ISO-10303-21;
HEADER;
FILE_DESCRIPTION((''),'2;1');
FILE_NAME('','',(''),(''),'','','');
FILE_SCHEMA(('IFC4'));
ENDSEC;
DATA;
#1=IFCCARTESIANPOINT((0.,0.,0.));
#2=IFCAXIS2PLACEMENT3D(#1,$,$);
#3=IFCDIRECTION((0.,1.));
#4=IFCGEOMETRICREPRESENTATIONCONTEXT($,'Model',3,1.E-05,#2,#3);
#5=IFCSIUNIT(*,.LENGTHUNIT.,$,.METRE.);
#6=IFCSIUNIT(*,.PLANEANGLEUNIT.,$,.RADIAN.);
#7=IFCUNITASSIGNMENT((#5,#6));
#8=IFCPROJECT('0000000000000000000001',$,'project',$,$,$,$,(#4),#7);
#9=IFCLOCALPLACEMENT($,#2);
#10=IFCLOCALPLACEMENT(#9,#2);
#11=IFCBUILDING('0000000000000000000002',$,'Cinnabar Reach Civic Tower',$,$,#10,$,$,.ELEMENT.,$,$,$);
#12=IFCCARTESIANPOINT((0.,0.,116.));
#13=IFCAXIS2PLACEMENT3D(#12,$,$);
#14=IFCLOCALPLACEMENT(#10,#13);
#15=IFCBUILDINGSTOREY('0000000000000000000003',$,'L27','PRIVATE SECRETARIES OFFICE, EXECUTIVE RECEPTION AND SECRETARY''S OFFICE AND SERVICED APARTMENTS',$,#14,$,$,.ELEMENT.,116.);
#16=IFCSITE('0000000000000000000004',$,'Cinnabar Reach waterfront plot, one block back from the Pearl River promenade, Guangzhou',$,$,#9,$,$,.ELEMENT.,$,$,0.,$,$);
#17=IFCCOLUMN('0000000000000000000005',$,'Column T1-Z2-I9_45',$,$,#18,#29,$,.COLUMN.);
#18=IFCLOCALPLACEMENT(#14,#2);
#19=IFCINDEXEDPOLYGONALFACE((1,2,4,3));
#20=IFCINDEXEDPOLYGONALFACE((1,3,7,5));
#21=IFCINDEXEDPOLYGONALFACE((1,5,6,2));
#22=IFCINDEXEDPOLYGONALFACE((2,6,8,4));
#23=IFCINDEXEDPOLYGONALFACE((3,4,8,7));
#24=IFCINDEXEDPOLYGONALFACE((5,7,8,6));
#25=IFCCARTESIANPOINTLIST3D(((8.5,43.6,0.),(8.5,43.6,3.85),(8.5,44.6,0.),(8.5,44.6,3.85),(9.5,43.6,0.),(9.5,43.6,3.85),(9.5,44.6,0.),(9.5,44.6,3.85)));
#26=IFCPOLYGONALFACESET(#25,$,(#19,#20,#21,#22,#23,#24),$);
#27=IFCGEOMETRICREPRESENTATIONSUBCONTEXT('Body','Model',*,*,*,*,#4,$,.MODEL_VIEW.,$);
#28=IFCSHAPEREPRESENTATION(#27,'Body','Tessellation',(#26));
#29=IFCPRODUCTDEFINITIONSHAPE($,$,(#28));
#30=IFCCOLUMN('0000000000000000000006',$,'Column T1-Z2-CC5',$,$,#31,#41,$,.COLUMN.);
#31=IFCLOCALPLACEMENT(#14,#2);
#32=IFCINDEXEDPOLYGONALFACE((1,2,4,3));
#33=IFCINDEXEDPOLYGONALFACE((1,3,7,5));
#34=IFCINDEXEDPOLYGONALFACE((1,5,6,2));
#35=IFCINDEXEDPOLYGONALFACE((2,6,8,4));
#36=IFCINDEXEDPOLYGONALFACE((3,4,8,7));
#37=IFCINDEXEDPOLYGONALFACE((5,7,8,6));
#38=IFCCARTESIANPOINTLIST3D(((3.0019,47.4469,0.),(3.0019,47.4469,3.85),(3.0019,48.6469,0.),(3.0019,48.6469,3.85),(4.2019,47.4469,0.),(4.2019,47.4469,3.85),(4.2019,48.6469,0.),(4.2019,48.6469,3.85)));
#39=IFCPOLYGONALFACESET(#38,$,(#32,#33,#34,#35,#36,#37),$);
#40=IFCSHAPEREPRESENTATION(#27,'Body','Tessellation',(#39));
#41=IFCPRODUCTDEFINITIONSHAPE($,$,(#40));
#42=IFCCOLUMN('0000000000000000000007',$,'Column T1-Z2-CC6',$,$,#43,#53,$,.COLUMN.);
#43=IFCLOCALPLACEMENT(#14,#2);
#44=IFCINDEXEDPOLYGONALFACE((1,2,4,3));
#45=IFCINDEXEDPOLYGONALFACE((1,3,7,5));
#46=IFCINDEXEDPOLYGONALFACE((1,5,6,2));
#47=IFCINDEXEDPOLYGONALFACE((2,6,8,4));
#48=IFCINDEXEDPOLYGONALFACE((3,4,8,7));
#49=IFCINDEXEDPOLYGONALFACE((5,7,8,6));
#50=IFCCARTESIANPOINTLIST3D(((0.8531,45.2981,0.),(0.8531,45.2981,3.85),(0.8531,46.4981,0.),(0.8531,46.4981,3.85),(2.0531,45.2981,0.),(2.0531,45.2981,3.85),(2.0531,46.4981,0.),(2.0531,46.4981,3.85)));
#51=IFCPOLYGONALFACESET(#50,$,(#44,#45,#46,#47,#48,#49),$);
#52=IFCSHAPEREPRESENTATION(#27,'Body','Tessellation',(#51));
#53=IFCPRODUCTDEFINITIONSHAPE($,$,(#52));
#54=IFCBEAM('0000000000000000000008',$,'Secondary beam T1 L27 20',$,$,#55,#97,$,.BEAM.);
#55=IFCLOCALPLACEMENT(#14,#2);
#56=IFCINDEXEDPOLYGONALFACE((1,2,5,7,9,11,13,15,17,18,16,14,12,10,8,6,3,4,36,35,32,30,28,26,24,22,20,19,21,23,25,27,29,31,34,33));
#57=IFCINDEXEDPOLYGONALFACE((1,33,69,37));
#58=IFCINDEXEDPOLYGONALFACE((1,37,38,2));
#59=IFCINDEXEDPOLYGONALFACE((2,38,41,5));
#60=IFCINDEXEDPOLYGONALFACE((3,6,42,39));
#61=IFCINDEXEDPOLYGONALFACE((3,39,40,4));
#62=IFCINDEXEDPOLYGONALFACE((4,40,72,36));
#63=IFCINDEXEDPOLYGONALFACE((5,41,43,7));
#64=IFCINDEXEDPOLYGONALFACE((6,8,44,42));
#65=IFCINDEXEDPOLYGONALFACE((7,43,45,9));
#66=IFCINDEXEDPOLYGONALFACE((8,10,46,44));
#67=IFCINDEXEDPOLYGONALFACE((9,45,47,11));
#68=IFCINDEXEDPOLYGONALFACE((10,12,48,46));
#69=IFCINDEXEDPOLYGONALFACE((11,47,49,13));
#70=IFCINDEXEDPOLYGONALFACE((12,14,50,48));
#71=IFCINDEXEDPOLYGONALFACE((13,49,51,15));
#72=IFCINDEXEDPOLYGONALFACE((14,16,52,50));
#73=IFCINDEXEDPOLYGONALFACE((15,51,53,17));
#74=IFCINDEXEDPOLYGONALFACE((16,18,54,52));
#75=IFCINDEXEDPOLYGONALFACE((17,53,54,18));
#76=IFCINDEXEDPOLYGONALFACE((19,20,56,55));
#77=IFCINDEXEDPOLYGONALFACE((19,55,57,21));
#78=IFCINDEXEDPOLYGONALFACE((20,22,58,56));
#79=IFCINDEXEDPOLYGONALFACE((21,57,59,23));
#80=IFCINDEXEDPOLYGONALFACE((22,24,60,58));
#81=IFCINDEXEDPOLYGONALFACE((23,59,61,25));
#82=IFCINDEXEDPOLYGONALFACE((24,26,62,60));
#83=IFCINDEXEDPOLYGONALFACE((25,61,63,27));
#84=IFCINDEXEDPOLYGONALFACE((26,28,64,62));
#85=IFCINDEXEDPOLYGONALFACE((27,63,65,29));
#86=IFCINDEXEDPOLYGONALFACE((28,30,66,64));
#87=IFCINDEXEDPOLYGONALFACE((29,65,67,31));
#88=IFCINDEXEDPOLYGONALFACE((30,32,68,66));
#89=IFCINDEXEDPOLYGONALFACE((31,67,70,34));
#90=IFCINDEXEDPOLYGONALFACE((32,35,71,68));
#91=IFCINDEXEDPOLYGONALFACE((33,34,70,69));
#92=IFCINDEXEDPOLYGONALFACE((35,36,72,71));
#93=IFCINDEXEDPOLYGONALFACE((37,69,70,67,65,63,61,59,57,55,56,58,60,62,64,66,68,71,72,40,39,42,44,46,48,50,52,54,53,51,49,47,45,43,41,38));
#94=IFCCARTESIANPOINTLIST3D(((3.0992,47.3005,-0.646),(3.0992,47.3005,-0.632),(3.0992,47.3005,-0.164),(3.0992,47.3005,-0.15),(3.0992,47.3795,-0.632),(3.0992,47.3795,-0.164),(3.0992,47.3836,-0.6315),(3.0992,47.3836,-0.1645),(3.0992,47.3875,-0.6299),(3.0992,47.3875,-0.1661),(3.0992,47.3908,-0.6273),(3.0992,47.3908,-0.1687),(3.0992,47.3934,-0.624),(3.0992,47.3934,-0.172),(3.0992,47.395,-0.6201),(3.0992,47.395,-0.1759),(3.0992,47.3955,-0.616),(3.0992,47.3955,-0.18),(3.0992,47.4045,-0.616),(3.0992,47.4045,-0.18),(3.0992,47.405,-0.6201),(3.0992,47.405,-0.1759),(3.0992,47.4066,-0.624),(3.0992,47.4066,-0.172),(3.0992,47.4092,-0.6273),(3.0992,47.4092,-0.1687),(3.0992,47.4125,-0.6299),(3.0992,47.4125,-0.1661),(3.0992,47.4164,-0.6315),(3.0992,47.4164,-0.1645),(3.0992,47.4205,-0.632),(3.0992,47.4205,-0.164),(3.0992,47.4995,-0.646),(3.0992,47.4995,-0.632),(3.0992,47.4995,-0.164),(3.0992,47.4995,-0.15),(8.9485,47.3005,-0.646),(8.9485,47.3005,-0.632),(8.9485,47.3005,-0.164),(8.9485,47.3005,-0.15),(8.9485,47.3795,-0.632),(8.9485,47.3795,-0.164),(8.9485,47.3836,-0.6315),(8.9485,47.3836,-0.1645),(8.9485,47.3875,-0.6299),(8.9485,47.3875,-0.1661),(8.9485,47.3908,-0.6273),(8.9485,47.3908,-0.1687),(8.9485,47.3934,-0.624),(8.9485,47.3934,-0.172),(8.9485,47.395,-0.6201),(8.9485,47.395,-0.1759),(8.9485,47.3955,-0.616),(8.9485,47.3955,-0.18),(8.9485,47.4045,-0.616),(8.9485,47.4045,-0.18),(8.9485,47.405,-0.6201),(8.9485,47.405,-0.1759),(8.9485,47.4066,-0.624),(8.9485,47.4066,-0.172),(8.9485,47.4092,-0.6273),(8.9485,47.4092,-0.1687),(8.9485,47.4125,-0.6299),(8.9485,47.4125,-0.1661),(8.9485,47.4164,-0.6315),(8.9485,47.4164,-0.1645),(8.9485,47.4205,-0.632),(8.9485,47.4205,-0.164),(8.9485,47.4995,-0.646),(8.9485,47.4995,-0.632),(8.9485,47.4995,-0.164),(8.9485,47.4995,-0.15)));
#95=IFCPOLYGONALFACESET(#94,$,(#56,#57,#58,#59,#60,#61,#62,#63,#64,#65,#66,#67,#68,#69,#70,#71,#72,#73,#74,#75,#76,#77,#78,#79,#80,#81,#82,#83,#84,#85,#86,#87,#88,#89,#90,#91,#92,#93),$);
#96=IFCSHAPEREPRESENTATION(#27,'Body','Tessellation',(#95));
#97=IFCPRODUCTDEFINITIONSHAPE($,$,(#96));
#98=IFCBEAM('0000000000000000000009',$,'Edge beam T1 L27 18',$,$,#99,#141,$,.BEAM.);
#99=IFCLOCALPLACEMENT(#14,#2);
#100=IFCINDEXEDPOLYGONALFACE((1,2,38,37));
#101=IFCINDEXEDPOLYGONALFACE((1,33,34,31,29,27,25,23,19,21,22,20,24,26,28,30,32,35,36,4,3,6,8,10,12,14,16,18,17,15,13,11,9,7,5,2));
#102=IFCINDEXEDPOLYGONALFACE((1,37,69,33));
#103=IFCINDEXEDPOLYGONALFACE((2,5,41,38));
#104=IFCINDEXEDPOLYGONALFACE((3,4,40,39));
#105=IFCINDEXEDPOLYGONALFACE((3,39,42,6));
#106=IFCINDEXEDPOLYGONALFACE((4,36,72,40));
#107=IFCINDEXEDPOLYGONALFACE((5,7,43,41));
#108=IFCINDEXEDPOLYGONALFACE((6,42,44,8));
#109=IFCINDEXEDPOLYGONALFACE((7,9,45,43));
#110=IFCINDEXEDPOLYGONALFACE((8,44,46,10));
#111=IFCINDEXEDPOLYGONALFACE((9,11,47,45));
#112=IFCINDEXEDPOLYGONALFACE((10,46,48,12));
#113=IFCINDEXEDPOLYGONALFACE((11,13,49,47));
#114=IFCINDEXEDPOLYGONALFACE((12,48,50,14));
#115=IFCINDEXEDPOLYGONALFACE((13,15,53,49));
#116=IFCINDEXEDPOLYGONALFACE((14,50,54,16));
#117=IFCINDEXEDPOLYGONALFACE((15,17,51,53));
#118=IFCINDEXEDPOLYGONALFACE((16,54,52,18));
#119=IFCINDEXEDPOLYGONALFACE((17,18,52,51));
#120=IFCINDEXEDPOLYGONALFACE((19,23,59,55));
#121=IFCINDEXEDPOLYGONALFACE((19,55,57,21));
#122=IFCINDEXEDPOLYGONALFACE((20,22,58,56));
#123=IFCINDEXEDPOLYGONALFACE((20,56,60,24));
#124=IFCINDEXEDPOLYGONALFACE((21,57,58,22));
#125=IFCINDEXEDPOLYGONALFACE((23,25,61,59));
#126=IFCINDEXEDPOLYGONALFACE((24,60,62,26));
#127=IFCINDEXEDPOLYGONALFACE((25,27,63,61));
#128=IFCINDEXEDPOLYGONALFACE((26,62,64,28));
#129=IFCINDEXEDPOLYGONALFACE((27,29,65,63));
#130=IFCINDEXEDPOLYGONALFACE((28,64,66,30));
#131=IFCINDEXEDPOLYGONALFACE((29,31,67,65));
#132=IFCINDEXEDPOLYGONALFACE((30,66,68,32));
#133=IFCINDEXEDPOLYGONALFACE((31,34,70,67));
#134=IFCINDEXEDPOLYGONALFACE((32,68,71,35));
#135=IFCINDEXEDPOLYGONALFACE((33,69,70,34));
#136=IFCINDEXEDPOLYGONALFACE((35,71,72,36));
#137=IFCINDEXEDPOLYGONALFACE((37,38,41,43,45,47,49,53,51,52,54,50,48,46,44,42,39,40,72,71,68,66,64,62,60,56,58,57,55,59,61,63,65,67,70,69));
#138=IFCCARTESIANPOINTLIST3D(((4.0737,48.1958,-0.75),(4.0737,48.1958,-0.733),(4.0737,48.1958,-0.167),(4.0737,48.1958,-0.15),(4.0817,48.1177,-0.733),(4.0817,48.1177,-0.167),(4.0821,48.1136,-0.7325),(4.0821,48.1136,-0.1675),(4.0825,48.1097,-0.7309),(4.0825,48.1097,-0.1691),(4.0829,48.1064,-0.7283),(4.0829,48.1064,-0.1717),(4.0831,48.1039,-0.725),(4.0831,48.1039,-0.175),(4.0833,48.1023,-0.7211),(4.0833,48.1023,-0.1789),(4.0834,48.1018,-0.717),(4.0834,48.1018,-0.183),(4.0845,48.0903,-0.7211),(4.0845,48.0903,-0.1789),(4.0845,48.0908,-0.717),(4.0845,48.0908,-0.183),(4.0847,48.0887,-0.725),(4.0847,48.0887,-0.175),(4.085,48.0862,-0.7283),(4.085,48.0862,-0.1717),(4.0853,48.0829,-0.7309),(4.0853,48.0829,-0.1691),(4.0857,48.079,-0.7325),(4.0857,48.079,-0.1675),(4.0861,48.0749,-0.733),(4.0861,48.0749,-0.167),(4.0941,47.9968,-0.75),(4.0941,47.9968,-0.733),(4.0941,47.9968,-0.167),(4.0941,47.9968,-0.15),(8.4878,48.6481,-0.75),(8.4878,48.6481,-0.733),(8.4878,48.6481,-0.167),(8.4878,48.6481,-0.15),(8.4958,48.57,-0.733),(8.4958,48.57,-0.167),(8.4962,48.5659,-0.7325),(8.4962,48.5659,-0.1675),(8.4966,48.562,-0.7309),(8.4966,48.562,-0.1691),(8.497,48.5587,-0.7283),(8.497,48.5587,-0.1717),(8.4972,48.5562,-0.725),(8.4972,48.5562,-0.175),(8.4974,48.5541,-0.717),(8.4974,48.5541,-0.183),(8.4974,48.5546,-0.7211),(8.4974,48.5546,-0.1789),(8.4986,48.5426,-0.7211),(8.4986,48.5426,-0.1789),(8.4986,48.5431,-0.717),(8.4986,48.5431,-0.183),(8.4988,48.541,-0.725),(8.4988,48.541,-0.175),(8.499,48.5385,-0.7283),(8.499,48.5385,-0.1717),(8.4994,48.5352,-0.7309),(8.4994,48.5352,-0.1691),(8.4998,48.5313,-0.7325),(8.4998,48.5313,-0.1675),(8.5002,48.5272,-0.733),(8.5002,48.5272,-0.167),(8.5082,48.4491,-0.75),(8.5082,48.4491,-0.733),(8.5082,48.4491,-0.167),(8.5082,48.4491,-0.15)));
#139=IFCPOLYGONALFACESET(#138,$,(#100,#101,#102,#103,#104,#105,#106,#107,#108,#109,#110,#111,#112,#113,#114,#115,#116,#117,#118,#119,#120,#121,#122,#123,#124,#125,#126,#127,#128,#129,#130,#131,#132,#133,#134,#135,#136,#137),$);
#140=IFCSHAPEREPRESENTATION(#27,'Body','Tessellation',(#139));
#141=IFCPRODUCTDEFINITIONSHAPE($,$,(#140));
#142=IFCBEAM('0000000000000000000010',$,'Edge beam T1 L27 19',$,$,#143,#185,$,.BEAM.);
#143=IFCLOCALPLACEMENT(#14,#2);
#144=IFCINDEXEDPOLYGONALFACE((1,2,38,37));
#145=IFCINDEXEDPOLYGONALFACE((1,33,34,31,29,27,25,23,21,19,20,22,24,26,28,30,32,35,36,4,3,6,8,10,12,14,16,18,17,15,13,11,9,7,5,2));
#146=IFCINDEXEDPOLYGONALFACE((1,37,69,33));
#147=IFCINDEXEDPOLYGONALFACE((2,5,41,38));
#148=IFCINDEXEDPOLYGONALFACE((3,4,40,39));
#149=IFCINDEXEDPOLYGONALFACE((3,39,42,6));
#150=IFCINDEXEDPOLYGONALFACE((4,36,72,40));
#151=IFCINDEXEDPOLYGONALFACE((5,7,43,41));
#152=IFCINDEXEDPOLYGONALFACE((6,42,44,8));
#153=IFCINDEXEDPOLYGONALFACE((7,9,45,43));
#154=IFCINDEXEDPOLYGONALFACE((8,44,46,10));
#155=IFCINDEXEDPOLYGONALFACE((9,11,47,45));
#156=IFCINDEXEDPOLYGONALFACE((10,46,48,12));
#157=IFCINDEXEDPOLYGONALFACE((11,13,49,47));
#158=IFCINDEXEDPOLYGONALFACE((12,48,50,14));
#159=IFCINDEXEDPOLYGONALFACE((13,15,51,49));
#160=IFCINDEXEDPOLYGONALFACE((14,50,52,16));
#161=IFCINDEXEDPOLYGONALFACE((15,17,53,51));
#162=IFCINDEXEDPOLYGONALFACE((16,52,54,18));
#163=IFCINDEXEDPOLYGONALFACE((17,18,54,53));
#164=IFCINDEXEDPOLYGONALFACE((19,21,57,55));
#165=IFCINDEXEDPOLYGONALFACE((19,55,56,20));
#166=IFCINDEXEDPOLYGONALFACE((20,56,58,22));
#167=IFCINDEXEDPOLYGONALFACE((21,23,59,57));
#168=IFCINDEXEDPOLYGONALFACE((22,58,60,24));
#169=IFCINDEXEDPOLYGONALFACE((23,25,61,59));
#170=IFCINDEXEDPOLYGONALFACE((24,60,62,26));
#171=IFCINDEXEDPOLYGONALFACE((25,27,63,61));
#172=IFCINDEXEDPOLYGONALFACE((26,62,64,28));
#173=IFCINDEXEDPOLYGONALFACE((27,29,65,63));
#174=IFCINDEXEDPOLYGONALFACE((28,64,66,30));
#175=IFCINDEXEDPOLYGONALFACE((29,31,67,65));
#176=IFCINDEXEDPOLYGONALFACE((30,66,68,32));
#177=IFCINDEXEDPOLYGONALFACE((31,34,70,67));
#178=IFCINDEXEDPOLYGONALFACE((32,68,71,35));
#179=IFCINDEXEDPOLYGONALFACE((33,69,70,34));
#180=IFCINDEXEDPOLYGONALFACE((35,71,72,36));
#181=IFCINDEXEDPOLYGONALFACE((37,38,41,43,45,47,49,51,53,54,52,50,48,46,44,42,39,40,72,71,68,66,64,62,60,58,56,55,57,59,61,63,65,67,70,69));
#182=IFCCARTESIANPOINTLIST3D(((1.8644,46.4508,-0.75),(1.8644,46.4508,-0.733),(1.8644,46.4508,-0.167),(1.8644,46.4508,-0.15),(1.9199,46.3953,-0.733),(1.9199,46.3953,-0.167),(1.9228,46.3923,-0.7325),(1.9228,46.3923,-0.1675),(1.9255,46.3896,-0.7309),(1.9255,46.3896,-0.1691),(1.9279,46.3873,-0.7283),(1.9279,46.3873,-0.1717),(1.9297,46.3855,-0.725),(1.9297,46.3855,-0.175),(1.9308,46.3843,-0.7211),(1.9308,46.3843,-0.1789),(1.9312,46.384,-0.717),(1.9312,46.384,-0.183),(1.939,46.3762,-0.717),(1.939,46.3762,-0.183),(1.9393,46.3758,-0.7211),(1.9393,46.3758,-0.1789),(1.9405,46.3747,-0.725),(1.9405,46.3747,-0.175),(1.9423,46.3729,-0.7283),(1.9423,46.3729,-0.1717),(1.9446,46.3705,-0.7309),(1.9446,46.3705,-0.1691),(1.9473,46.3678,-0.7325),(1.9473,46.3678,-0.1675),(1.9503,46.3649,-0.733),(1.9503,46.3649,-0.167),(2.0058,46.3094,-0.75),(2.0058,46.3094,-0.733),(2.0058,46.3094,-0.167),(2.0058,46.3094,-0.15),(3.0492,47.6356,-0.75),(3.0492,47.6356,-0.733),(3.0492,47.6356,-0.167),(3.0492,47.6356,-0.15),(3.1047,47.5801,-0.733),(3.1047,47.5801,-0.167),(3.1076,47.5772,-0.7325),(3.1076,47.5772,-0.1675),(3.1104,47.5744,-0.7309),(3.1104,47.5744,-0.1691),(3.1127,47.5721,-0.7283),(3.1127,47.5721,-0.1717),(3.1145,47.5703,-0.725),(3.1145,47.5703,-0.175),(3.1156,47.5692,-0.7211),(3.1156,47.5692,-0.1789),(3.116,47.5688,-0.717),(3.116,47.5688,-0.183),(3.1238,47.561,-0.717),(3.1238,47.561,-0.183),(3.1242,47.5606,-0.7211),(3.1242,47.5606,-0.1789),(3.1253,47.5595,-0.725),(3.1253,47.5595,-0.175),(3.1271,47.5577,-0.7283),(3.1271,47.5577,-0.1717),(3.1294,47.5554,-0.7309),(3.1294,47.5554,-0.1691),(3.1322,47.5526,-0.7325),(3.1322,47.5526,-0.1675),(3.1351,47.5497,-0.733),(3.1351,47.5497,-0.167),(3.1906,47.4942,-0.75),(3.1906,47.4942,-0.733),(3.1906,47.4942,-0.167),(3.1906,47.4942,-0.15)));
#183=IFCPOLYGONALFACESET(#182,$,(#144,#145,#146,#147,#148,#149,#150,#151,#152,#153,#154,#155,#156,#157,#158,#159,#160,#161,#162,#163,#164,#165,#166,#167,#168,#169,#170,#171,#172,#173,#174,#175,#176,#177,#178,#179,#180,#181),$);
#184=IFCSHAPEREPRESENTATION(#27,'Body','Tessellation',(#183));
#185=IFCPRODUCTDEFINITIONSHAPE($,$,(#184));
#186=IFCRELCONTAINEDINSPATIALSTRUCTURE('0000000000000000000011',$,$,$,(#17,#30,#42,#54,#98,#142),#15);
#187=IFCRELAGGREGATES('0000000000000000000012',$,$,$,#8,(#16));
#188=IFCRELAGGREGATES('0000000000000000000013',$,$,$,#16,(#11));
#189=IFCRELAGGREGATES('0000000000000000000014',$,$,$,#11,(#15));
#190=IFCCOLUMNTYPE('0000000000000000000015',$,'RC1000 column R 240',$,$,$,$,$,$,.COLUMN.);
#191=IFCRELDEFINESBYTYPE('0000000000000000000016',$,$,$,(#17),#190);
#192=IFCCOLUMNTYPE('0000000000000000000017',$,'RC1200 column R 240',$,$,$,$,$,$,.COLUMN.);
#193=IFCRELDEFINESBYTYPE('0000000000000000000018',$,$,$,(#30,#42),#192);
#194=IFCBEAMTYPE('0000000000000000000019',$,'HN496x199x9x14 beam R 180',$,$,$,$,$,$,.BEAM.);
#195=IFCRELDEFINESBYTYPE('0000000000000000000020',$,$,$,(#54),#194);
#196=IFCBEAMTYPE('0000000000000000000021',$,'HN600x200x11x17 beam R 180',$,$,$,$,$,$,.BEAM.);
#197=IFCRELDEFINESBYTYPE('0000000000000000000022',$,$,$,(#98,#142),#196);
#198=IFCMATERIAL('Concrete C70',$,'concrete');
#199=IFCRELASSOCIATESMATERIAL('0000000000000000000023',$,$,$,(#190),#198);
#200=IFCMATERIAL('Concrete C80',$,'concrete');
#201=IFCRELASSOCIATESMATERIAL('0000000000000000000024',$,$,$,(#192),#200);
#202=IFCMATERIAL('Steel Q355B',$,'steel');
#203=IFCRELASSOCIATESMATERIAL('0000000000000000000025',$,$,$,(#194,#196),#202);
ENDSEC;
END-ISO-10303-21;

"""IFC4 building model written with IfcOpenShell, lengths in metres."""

from ifc_helpers import new_model, si_unit, direction, frame, origin, origin_2d, place, context, subcontext, project, spatial, rectangle, i_section, extrude, material, material_profile, profile_set, type_object, element, save


model = new_model("IFC4")

# Units and contexts
model_context = context("Model", 3, precision=1e-05, world=origin(), true_north=direction((0.0, 1.0)))
body_context = subcontext(model_context, "Body", "Model", "MODEL_VIEW")
ifc_project = project(units=[si_unit("LENGTHUNIT", "METRE"), si_unit("PLANEANGLEUNIT", "RADIAN")], contexts=[model_context])

# Site, building, storey
site_placement = place(None, origin())
site = spatial("IfcSite", under=ifc_project, at=site_placement, Name="Cinnabar Reach waterfront plot, one block back from the Pearl River promenade, Guangzhou", CompositionType="ELEMENT", RefElevation=0.0)
building_placement = place(site_placement, origin())
building = spatial("IfcBuilding", under=site, at=building_placement, Name="Cinnabar Reach Civic Tower", CompositionType="ELEMENT")
storey_placement = place(building_placement, frame((0.0, 0.0, 116.0)))
storey = spatial("IfcBuildingStorey", under=building, at=storey_placement, Name="L27", Description="PRIVATE SECRETARIES OFFICE, EXECUTIVE RECEPTION AND SECRETARY'S OFFICE AND SERVICED APARTMENTS", CompositionType="ELEMENT", Elevation=116.0)

# Columns
ifc_material_1 = material(Name="Concrete C70", Category="concrete")
ifc_material_profile_1 = material_profile(ifc_material_1, rectangle(XDim=1.0, YDim=1.0, at=origin_2d()), Name="RC1000")
ifc_profile_set_1 = profile_set([ifc_material_profile_1], Name="Concrete C70")
column_type_1 = type_object("IfcColumnType", Name="RC1000 column R 240", PredefinedType="COLUMN", material=ifc_profile_set_1)
column_placement = place(storey_placement, frame((9.0, 44.1, 0.0), z_axis=(0.0, 0.0, 1.0), x_axis=(1.0, 0.0, 0.0)))
element("IfcColumn", 1, at=column_placement, inside=storey, type_object=column_type_1, Name="Column T1-Z2-I9_45", PredefinedType="COLUMN", context=body_context, shape_type="SweptSolid", body=[
    extrude(rectangle(XDim=1.0, YDim=1.0, at=origin_2d()), origin(), (0.0, 0.0, 1.0), 3.85),
])
ifc_material_2 = material(Name="Concrete C80", Category="concrete")
ifc_material_profile_2 = material_profile(ifc_material_2, rectangle(XDim=1.2, YDim=1.2, at=origin_2d()), Name="RC1200")
ifc_profile_set_2 = profile_set([ifc_material_profile_2], Name="Concrete C80")
column_type_2 = type_object("IfcColumnType", Name="RC1200 column R 240", PredefinedType="COLUMN", material=ifc_profile_set_2)
for number, where, z_axis, x_axis, name in (
    (2, (3.6019, 48.0469, 0.0), (0.0, 0.0, 1.0), (1.0, 0.0, 0.0), "Column T1-Z2-CC5"),
    (3, (1.4531, 45.8981, 0.0), (0.0, 0.0, 1.0), (1.0, 0.0, 0.0), "Column T1-Z2-CC6"),
):
    element("IfcColumn", number, at=place(storey_placement, frame(where, z_axis=z_axis, x_axis=x_axis)), inside=storey, type_object=column_type_2, Name=name, PredefinedType="COLUMN", context=body_context, shape_type="SweptSolid", body=[
        extrude(rectangle(XDim=1.2, YDim=1.2, at=origin_2d()), origin(), (0.0, 0.0, 1.0), 3.85),
    ])

# Beams
ifc_material_3 = material(Name="Steel Q355B", Category="steel")
ifc_material_profile_3 = material_profile(ifc_material_3, i_section(OverallWidth=0.199, OverallDepth=0.496, WebThickness=0.009, FlangeThickness=0.014, FilletRadius=0.016, at=origin_2d()), Name="HN496x199x9x14")
ifc_profile_set_3 = profile_set([ifc_material_profile_3], Name="Steel Q355B")
beam_type_1 = type_object("IfcBeamType", Name="HN496x199x9x14 beam R 180", PredefinedType="BEAM", material=ifc_profile_set_3)
beam_1_placement = place(storey_placement, frame((3.0992, 47.4, -0.398), z_axis=(1.0, 0.0, 0.0), x_axis=(0.0, 1.0, 0.0)))
element("IfcBeam", 4, at=beam_1_placement, inside=storey, type_object=beam_type_1, Name="Secondary beam T1 L27 20", PredefinedType="BEAM", context=body_context, shape_type="SweptSolid", body=[
    extrude(i_section(OverallWidth=0.199, OverallDepth=0.496, WebThickness=0.009, FlangeThickness=0.014, FilletRadius=0.016, at=origin_2d()), origin(), (0.0, 0.0, 1.0), 5.8493),
])
ifc_material_profile_4 = material_profile(ifc_material_3, i_section(OverallWidth=0.2, OverallDepth=0.6, WebThickness=0.011, FlangeThickness=0.017, FilletRadius=0.016, at=origin_2d()), Name="HN600x200x11x17")
ifc_profile_set_4 = profile_set([ifc_material_profile_4], Name="Steel Q355B")
beam_type_2 = type_object("IfcBeamType", Name="HN600x200x11x17 beam R 180", PredefinedType="BEAM", material=ifc_profile_set_4)
beam_2_placement = place(storey_placement, frame((8.498, 48.5486, -0.45), z_axis=(-0.994791, -0.101933, 0.0), x_axis=(0.101933, -0.994791, 0.0)))
element("IfcBeam", 5, at=beam_2_placement, inside=storey, type_object=beam_type_2, Name="Edge beam T1 L27 18", PredefinedType="BEAM", context=body_context, shape_type="SweptSolid", body=[
    extrude(i_section(OverallWidth=0.2, OverallDepth=0.6, WebThickness=0.011, FlangeThickness=0.017, FilletRadius=0.016, at=origin_2d()), origin(), (0.0, 0.0, 1.0), 4.4372),
])
beam_3_placement = place(storey_placement, frame((3.1199, 47.5649, -0.45), z_axis=(-0.707107, -0.707107, 0.0), x_axis=(0.707107, -0.707107, 0.0)))
element("IfcBeam", 6, at=beam_3_placement, inside=storey, type_object=beam_type_2, Name="Edge beam T1 L27 19", PredefinedType="BEAM", context=body_context, shape_type="SweptSolid", body=[
    extrude(i_section(OverallWidth=0.2, OverallDepth=0.6, WebThickness=0.011, FlangeThickness=0.017, FilletRadius=0.016, at=origin_2d()), origin(), (0.0, 0.0, 1.0), 1.6756),
])

save(model, "model.ifc")
